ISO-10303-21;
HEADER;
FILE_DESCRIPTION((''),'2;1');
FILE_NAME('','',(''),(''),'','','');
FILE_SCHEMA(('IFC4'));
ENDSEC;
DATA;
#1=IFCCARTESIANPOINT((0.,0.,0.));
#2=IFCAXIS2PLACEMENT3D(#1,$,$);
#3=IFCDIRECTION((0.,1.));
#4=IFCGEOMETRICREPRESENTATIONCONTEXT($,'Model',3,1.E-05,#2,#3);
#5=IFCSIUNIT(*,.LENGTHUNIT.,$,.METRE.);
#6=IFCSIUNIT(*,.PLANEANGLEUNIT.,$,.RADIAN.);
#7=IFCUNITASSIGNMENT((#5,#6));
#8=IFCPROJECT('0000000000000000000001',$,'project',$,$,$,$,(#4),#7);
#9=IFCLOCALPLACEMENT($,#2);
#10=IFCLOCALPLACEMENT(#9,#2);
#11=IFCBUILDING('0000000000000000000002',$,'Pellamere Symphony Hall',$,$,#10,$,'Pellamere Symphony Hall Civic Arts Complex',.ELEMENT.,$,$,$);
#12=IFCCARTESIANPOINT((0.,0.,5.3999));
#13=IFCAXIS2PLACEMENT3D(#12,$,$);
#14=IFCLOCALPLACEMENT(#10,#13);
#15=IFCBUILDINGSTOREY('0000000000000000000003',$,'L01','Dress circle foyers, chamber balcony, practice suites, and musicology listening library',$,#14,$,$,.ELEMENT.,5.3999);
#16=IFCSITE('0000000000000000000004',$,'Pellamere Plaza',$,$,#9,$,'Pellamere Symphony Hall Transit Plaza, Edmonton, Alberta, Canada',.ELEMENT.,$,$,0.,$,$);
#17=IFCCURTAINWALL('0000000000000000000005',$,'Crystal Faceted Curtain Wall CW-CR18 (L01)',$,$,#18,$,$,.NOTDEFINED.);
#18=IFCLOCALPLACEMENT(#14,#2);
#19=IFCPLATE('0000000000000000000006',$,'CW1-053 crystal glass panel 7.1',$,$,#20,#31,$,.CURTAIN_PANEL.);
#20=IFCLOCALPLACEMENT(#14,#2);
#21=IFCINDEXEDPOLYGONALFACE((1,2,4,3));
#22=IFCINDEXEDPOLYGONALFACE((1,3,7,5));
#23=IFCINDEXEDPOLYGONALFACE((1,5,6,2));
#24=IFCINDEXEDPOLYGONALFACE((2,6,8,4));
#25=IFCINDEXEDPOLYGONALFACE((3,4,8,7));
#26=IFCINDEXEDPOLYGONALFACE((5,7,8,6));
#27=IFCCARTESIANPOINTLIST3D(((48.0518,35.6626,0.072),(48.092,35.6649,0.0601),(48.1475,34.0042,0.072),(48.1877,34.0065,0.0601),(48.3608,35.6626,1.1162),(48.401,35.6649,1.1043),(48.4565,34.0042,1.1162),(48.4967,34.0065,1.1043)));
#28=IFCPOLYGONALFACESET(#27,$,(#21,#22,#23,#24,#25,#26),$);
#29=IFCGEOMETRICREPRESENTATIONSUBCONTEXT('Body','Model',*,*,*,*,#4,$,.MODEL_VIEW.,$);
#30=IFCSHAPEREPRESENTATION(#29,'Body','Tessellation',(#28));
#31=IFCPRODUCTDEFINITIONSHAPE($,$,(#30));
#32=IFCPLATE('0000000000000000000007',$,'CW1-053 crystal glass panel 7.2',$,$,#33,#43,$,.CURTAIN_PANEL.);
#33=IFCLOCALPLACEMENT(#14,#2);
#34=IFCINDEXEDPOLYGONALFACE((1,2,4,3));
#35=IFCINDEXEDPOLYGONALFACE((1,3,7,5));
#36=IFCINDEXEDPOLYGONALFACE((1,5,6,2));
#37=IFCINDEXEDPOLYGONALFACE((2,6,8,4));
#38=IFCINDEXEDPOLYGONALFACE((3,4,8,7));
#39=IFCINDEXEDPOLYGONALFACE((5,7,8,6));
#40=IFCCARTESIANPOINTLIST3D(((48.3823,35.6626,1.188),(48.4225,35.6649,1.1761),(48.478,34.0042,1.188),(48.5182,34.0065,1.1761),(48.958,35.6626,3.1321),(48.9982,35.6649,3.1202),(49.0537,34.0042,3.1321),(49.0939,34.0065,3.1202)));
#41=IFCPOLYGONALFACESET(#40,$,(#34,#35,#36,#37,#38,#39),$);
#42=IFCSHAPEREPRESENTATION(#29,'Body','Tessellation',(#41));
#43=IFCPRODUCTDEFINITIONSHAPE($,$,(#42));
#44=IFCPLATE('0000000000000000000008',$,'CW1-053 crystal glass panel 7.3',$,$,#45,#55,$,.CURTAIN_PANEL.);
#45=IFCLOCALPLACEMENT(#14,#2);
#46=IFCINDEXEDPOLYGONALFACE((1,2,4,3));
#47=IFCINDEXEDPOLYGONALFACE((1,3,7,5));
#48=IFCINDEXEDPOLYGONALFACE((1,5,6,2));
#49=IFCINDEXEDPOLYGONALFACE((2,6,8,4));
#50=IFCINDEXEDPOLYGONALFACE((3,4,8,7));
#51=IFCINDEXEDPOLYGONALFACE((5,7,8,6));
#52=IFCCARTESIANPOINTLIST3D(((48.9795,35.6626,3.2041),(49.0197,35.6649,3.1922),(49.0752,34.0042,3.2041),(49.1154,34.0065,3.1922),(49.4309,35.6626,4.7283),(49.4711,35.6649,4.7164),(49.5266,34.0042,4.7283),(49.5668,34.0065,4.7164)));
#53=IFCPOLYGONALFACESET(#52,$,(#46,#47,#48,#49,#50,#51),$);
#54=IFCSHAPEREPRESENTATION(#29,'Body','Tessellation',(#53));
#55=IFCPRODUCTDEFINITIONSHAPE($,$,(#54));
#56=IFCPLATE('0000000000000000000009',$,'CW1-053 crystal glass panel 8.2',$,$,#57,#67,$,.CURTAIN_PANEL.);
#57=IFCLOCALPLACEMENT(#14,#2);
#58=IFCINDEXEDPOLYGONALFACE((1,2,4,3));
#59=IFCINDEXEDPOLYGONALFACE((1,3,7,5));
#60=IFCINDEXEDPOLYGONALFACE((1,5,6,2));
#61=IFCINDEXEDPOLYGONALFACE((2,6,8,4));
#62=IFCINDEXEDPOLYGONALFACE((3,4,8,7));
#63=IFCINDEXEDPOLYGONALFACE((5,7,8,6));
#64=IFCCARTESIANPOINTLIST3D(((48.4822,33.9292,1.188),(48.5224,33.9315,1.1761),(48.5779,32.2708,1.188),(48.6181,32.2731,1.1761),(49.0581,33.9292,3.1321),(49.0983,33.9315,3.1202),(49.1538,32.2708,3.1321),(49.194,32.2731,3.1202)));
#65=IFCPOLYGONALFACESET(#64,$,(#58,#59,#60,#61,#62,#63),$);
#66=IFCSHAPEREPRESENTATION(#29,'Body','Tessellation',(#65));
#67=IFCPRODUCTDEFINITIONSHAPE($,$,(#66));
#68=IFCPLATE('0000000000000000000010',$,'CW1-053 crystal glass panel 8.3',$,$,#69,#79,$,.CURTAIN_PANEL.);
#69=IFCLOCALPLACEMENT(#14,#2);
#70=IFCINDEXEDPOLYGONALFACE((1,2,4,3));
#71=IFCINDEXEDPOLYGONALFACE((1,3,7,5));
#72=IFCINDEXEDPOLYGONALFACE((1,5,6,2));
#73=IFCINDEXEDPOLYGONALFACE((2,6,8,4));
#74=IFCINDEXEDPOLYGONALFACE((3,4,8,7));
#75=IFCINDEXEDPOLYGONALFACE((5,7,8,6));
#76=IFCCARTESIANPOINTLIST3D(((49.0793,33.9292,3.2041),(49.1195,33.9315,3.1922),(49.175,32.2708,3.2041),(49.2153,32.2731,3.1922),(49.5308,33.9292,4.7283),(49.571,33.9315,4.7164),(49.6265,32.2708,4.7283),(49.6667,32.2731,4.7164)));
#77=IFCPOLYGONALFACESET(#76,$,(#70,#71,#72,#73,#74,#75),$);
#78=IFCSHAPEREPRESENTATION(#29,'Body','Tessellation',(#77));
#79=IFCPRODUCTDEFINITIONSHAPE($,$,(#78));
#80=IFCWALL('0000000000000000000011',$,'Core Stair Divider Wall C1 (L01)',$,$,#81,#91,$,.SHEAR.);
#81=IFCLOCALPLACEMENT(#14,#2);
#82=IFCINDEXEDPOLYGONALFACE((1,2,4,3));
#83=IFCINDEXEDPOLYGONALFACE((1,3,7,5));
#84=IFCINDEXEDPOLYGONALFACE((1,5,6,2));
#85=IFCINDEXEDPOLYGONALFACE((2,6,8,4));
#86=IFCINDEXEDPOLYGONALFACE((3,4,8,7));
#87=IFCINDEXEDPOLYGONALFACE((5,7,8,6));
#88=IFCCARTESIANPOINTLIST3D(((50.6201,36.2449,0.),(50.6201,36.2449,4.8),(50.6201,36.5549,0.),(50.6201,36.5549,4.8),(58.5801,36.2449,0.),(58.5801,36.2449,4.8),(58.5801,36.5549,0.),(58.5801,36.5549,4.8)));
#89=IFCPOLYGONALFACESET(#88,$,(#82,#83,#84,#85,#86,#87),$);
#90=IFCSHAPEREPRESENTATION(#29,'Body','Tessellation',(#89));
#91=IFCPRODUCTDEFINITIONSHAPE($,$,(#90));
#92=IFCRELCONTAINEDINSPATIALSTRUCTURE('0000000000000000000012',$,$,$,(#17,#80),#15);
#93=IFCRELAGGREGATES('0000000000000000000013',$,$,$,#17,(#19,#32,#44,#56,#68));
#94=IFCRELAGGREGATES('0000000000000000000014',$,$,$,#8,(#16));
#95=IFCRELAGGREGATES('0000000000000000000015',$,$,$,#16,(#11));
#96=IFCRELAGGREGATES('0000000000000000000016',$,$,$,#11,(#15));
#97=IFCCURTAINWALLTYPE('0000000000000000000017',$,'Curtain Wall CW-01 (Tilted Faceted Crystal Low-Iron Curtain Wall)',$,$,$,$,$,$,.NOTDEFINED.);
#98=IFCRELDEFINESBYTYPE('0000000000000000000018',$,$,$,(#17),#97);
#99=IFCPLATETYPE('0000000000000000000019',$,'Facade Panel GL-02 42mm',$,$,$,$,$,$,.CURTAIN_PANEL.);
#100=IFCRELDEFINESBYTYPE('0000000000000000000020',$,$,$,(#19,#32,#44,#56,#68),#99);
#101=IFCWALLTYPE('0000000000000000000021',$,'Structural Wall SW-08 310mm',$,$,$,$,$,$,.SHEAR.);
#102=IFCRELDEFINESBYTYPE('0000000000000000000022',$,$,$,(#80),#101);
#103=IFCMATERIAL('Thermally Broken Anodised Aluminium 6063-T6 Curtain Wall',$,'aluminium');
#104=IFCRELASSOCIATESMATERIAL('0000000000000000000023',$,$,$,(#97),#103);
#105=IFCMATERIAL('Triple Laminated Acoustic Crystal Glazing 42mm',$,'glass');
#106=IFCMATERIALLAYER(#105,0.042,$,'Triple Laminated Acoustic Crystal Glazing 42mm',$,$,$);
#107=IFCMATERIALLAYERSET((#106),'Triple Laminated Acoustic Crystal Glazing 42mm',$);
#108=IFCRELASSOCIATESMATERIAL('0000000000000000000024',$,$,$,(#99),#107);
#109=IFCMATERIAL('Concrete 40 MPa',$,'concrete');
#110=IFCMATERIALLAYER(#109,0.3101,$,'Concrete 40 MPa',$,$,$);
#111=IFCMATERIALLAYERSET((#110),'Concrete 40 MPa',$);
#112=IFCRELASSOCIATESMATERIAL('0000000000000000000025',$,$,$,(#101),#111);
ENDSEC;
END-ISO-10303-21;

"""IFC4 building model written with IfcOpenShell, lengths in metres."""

from ifc_helpers import new_model, si_unit, direction, frame, frame_2d, origin, place, context, subcontext, project, spatial, polyline, rectangle, outline, extrude, material, layer, layer_set, type_object, element, aggregate, save


model = new_model("IFC4")

# Units and contexts
model_context = context("Model", 3, precision=1e-05, world=origin(), true_north=direction((0.0, 1.0)))
body_context = subcontext(model_context, "Body", "Model", "MODEL_VIEW")
ifc_project = project(units=[si_unit("LENGTHUNIT", "METRE"), si_unit("PLANEANGLEUNIT", "RADIAN")], contexts=[model_context])

# Site, building, storey
site_placement = place(None, origin())
site = spatial("IfcSite", under=ifc_project, at=site_placement, Name="Pellamere Plaza", LongName="Pellamere Symphony Hall Transit Plaza, Edmonton, Alberta, Canada", CompositionType="ELEMENT", RefElevation=0.0)
building_placement = place(site_placement, origin())
building = spatial("IfcBuilding", under=site, at=building_placement, Name="Pellamere Symphony Hall", LongName="Pellamere Symphony Hall Civic Arts Complex", CompositionType="ELEMENT")
storey_placement = place(building_placement, frame((0.0, 0.0, 5.3999)))
storey = spatial("IfcBuildingStorey", under=building, at=storey_placement, Name="L01", Description="Dress circle foyers, chamber balcony, practice suites, and musicology listening library", CompositionType="ELEMENT", Elevation=5.3999)

# Curtain wall
ifc_material_1 = material(Name="Thermally Broken Anodised Aluminium 6063-T6 Curtain Wall", Category="aluminium")
curtain_wall_type_1 = type_object("IfcCurtainWallType", Name="Curtain Wall CW-01 (Tilted Faceted Crystal Low-Iron Curtain Wall)", PredefinedType="NOTDEFINED", material=ifc_material_1)
curtain_wall_1_placement = place(storey_placement, origin())
curtain_wall_1 = element("IfcCurtainWall", 1, at=curtain_wall_1_placement, inside=storey, type_object=curtain_wall_type_1, Name="Crystal Faceted Curtain Wall CW-CR18 (L01)", PredefinedType="NOTDEFINED")

# Plates
ifc_material_2 = material(Name="Triple Laminated Acoustic Crystal Glazing 42mm", Category="glass")
ifc_layer_1 = layer(ifc_material_2, 0.042, Name="Triple Laminated Acoustic Crystal Glazing 42mm")
ifc_layer_set_1 = layer_set([ifc_layer_1], Name="Triple Laminated Acoustic Crystal Glazing 42mm")
plate_type_1 = type_object("IfcPlateType", Name="Facade Panel GL-02 42mm", PredefinedType="CURTAIN_PANEL", material=ifc_layer_set_1)
plate_1_placement = place(storey_placement, frame((48.0518, 35.6626, 0.072), z_axis=(-0.95741, -0.055249, 0.283395), x_axis=(0.057611, -0.998339, 0.0)))
plate_1 = element("IfcPlate", 2, at=plate_1_placement, type_object=plate_type_1, Name="CW1-053 crystal glass panel 7.1", PredefinedType="CURTAIN_PANEL", context=body_context, shape_type="SweptSolid", body=[
    extrude(outline(polyline([(0.0, 0.0), (1.6612, 0.0), (1.679, 1.0888), (0.0178, 1.0888), (0.0, 0.0)])), origin(), (0.0, 0.0, -1.0), 0.042),
])
plate_2_placement = place(storey_placement, frame((48.3823, 35.6626, 1.188), z_axis=(-0.95738, -0.055247, 0.283499), x_axis=(0.057611, -0.998339, 0.0)))
plate_2 = element("IfcPlate", 3, at=plate_2_placement, type_object=plate_type_1, Name="CW1-053 crystal glass panel 7.2", PredefinedType="CURTAIN_PANEL", context=body_context, shape_type="SweptSolid", body=[
    extrude(outline(polyline([(0.0, 0.0), (1.6612, 0.0), (1.6944, 2.0273), (0.0332, 2.0273), (0.0, 0.0)])), origin(), (0.0, 0.0, -1.0), 0.042),
])
plate_3_placement = place(storey_placement, frame((48.9795, 35.6626, 3.2041), z_axis=(-0.957366, -0.055246, 0.283545), x_axis=(0.057611, -0.998339, 0.0)))
plate_3 = element("IfcPlate", 4, at=plate_3_placement, type_object=plate_type_1, Name="CW1-053 crystal glass panel 7.3", PredefinedType="CURTAIN_PANEL", context=body_context, shape_type="SweptSolid", body=[
    extrude(outline(polyline([(0.0, 0.0), (1.6612, 0.0), (1.6872, 1.5894), (0.026, 1.5894), (0.0, 0.0)])), origin(), (0.0, 0.0, -1.0), 0.042),
])
plate_4_placement = place(storey_placement, frame((48.4822, 33.9292, 1.188), z_axis=(-0.957347, -0.055245, 0.283609), x_axis=(0.057611, -0.998339, 0.0)))
plate_4 = element("IfcPlate", 5, at=plate_4_placement, type_object=plate_type_1, Name="CW1-053 crystal glass panel 8.2", PredefinedType="CURTAIN_PANEL", context=body_context, shape_type="SweptSolid", body=[
    extrude(outline(polyline([(0.0, 0.0), (1.6612, 0.0), (1.6944, 2.0273), (0.0332, 2.0273), (0.0, 0.0)])), origin(), (0.0, 0.0, -1.0), 0.042),
])
plate_5_placement = place(storey_placement, frame((49.0793, 33.9292, 3.2041), z_axis=(-0.957366, -0.055246, 0.283545), x_axis=(0.057611, -0.998339, 0.0)))
plate_5 = element("IfcPlate", 6, at=plate_5_placement, type_object=plate_type_1, Name="CW1-053 crystal glass panel 8.3", PredefinedType="CURTAIN_PANEL", context=body_context, shape_type="SweptSolid", body=[
    extrude(outline(polyline([(0.0, 0.0), (1.6612, 0.0), (1.6872, 1.5894), (0.026, 1.5894), (0.0, 0.0)])), origin(), (0.0, 0.0, -1.0), 0.042),
])
aggregate(curtain_wall_1, [plate_1, plate_2, plate_3, plate_4, plate_5])

# Wall
ifc_material_3 = material(Name="Concrete 40 MPa", Category="concrete")
ifc_layer_2 = layer(ifc_material_3, 0.3101, Name="Concrete 40 MPa")
ifc_layer_set_2 = layer_set([ifc_layer_2], Name="Concrete 40 MPa")
wall_type = type_object("IfcWallType", Name="Structural Wall SW-08 310mm", PredefinedType="SHEAR", material=ifc_layer_set_2)
wall_placement = place(storey_placement, frame((50.6201, 36.3999, 0.0), z_axis=(0.0, 0.0, 1.0), x_axis=(1.0, 0.0, 0.0)))
element("IfcWall", 7, at=wall_placement, inside=storey, type_object=wall_type, Name="Core Stair Divider Wall C1 (L01)", PredefinedType="SHEAR", context=body_context, shape_type="SweptSolid", body=[
    extrude(rectangle(XDim=7.96, YDim=0.3101, at=frame_2d((3.98, 0.0))), origin(), (0.0, 0.0, 1.0), 4.8),
])

save(model, "model.ifc")
